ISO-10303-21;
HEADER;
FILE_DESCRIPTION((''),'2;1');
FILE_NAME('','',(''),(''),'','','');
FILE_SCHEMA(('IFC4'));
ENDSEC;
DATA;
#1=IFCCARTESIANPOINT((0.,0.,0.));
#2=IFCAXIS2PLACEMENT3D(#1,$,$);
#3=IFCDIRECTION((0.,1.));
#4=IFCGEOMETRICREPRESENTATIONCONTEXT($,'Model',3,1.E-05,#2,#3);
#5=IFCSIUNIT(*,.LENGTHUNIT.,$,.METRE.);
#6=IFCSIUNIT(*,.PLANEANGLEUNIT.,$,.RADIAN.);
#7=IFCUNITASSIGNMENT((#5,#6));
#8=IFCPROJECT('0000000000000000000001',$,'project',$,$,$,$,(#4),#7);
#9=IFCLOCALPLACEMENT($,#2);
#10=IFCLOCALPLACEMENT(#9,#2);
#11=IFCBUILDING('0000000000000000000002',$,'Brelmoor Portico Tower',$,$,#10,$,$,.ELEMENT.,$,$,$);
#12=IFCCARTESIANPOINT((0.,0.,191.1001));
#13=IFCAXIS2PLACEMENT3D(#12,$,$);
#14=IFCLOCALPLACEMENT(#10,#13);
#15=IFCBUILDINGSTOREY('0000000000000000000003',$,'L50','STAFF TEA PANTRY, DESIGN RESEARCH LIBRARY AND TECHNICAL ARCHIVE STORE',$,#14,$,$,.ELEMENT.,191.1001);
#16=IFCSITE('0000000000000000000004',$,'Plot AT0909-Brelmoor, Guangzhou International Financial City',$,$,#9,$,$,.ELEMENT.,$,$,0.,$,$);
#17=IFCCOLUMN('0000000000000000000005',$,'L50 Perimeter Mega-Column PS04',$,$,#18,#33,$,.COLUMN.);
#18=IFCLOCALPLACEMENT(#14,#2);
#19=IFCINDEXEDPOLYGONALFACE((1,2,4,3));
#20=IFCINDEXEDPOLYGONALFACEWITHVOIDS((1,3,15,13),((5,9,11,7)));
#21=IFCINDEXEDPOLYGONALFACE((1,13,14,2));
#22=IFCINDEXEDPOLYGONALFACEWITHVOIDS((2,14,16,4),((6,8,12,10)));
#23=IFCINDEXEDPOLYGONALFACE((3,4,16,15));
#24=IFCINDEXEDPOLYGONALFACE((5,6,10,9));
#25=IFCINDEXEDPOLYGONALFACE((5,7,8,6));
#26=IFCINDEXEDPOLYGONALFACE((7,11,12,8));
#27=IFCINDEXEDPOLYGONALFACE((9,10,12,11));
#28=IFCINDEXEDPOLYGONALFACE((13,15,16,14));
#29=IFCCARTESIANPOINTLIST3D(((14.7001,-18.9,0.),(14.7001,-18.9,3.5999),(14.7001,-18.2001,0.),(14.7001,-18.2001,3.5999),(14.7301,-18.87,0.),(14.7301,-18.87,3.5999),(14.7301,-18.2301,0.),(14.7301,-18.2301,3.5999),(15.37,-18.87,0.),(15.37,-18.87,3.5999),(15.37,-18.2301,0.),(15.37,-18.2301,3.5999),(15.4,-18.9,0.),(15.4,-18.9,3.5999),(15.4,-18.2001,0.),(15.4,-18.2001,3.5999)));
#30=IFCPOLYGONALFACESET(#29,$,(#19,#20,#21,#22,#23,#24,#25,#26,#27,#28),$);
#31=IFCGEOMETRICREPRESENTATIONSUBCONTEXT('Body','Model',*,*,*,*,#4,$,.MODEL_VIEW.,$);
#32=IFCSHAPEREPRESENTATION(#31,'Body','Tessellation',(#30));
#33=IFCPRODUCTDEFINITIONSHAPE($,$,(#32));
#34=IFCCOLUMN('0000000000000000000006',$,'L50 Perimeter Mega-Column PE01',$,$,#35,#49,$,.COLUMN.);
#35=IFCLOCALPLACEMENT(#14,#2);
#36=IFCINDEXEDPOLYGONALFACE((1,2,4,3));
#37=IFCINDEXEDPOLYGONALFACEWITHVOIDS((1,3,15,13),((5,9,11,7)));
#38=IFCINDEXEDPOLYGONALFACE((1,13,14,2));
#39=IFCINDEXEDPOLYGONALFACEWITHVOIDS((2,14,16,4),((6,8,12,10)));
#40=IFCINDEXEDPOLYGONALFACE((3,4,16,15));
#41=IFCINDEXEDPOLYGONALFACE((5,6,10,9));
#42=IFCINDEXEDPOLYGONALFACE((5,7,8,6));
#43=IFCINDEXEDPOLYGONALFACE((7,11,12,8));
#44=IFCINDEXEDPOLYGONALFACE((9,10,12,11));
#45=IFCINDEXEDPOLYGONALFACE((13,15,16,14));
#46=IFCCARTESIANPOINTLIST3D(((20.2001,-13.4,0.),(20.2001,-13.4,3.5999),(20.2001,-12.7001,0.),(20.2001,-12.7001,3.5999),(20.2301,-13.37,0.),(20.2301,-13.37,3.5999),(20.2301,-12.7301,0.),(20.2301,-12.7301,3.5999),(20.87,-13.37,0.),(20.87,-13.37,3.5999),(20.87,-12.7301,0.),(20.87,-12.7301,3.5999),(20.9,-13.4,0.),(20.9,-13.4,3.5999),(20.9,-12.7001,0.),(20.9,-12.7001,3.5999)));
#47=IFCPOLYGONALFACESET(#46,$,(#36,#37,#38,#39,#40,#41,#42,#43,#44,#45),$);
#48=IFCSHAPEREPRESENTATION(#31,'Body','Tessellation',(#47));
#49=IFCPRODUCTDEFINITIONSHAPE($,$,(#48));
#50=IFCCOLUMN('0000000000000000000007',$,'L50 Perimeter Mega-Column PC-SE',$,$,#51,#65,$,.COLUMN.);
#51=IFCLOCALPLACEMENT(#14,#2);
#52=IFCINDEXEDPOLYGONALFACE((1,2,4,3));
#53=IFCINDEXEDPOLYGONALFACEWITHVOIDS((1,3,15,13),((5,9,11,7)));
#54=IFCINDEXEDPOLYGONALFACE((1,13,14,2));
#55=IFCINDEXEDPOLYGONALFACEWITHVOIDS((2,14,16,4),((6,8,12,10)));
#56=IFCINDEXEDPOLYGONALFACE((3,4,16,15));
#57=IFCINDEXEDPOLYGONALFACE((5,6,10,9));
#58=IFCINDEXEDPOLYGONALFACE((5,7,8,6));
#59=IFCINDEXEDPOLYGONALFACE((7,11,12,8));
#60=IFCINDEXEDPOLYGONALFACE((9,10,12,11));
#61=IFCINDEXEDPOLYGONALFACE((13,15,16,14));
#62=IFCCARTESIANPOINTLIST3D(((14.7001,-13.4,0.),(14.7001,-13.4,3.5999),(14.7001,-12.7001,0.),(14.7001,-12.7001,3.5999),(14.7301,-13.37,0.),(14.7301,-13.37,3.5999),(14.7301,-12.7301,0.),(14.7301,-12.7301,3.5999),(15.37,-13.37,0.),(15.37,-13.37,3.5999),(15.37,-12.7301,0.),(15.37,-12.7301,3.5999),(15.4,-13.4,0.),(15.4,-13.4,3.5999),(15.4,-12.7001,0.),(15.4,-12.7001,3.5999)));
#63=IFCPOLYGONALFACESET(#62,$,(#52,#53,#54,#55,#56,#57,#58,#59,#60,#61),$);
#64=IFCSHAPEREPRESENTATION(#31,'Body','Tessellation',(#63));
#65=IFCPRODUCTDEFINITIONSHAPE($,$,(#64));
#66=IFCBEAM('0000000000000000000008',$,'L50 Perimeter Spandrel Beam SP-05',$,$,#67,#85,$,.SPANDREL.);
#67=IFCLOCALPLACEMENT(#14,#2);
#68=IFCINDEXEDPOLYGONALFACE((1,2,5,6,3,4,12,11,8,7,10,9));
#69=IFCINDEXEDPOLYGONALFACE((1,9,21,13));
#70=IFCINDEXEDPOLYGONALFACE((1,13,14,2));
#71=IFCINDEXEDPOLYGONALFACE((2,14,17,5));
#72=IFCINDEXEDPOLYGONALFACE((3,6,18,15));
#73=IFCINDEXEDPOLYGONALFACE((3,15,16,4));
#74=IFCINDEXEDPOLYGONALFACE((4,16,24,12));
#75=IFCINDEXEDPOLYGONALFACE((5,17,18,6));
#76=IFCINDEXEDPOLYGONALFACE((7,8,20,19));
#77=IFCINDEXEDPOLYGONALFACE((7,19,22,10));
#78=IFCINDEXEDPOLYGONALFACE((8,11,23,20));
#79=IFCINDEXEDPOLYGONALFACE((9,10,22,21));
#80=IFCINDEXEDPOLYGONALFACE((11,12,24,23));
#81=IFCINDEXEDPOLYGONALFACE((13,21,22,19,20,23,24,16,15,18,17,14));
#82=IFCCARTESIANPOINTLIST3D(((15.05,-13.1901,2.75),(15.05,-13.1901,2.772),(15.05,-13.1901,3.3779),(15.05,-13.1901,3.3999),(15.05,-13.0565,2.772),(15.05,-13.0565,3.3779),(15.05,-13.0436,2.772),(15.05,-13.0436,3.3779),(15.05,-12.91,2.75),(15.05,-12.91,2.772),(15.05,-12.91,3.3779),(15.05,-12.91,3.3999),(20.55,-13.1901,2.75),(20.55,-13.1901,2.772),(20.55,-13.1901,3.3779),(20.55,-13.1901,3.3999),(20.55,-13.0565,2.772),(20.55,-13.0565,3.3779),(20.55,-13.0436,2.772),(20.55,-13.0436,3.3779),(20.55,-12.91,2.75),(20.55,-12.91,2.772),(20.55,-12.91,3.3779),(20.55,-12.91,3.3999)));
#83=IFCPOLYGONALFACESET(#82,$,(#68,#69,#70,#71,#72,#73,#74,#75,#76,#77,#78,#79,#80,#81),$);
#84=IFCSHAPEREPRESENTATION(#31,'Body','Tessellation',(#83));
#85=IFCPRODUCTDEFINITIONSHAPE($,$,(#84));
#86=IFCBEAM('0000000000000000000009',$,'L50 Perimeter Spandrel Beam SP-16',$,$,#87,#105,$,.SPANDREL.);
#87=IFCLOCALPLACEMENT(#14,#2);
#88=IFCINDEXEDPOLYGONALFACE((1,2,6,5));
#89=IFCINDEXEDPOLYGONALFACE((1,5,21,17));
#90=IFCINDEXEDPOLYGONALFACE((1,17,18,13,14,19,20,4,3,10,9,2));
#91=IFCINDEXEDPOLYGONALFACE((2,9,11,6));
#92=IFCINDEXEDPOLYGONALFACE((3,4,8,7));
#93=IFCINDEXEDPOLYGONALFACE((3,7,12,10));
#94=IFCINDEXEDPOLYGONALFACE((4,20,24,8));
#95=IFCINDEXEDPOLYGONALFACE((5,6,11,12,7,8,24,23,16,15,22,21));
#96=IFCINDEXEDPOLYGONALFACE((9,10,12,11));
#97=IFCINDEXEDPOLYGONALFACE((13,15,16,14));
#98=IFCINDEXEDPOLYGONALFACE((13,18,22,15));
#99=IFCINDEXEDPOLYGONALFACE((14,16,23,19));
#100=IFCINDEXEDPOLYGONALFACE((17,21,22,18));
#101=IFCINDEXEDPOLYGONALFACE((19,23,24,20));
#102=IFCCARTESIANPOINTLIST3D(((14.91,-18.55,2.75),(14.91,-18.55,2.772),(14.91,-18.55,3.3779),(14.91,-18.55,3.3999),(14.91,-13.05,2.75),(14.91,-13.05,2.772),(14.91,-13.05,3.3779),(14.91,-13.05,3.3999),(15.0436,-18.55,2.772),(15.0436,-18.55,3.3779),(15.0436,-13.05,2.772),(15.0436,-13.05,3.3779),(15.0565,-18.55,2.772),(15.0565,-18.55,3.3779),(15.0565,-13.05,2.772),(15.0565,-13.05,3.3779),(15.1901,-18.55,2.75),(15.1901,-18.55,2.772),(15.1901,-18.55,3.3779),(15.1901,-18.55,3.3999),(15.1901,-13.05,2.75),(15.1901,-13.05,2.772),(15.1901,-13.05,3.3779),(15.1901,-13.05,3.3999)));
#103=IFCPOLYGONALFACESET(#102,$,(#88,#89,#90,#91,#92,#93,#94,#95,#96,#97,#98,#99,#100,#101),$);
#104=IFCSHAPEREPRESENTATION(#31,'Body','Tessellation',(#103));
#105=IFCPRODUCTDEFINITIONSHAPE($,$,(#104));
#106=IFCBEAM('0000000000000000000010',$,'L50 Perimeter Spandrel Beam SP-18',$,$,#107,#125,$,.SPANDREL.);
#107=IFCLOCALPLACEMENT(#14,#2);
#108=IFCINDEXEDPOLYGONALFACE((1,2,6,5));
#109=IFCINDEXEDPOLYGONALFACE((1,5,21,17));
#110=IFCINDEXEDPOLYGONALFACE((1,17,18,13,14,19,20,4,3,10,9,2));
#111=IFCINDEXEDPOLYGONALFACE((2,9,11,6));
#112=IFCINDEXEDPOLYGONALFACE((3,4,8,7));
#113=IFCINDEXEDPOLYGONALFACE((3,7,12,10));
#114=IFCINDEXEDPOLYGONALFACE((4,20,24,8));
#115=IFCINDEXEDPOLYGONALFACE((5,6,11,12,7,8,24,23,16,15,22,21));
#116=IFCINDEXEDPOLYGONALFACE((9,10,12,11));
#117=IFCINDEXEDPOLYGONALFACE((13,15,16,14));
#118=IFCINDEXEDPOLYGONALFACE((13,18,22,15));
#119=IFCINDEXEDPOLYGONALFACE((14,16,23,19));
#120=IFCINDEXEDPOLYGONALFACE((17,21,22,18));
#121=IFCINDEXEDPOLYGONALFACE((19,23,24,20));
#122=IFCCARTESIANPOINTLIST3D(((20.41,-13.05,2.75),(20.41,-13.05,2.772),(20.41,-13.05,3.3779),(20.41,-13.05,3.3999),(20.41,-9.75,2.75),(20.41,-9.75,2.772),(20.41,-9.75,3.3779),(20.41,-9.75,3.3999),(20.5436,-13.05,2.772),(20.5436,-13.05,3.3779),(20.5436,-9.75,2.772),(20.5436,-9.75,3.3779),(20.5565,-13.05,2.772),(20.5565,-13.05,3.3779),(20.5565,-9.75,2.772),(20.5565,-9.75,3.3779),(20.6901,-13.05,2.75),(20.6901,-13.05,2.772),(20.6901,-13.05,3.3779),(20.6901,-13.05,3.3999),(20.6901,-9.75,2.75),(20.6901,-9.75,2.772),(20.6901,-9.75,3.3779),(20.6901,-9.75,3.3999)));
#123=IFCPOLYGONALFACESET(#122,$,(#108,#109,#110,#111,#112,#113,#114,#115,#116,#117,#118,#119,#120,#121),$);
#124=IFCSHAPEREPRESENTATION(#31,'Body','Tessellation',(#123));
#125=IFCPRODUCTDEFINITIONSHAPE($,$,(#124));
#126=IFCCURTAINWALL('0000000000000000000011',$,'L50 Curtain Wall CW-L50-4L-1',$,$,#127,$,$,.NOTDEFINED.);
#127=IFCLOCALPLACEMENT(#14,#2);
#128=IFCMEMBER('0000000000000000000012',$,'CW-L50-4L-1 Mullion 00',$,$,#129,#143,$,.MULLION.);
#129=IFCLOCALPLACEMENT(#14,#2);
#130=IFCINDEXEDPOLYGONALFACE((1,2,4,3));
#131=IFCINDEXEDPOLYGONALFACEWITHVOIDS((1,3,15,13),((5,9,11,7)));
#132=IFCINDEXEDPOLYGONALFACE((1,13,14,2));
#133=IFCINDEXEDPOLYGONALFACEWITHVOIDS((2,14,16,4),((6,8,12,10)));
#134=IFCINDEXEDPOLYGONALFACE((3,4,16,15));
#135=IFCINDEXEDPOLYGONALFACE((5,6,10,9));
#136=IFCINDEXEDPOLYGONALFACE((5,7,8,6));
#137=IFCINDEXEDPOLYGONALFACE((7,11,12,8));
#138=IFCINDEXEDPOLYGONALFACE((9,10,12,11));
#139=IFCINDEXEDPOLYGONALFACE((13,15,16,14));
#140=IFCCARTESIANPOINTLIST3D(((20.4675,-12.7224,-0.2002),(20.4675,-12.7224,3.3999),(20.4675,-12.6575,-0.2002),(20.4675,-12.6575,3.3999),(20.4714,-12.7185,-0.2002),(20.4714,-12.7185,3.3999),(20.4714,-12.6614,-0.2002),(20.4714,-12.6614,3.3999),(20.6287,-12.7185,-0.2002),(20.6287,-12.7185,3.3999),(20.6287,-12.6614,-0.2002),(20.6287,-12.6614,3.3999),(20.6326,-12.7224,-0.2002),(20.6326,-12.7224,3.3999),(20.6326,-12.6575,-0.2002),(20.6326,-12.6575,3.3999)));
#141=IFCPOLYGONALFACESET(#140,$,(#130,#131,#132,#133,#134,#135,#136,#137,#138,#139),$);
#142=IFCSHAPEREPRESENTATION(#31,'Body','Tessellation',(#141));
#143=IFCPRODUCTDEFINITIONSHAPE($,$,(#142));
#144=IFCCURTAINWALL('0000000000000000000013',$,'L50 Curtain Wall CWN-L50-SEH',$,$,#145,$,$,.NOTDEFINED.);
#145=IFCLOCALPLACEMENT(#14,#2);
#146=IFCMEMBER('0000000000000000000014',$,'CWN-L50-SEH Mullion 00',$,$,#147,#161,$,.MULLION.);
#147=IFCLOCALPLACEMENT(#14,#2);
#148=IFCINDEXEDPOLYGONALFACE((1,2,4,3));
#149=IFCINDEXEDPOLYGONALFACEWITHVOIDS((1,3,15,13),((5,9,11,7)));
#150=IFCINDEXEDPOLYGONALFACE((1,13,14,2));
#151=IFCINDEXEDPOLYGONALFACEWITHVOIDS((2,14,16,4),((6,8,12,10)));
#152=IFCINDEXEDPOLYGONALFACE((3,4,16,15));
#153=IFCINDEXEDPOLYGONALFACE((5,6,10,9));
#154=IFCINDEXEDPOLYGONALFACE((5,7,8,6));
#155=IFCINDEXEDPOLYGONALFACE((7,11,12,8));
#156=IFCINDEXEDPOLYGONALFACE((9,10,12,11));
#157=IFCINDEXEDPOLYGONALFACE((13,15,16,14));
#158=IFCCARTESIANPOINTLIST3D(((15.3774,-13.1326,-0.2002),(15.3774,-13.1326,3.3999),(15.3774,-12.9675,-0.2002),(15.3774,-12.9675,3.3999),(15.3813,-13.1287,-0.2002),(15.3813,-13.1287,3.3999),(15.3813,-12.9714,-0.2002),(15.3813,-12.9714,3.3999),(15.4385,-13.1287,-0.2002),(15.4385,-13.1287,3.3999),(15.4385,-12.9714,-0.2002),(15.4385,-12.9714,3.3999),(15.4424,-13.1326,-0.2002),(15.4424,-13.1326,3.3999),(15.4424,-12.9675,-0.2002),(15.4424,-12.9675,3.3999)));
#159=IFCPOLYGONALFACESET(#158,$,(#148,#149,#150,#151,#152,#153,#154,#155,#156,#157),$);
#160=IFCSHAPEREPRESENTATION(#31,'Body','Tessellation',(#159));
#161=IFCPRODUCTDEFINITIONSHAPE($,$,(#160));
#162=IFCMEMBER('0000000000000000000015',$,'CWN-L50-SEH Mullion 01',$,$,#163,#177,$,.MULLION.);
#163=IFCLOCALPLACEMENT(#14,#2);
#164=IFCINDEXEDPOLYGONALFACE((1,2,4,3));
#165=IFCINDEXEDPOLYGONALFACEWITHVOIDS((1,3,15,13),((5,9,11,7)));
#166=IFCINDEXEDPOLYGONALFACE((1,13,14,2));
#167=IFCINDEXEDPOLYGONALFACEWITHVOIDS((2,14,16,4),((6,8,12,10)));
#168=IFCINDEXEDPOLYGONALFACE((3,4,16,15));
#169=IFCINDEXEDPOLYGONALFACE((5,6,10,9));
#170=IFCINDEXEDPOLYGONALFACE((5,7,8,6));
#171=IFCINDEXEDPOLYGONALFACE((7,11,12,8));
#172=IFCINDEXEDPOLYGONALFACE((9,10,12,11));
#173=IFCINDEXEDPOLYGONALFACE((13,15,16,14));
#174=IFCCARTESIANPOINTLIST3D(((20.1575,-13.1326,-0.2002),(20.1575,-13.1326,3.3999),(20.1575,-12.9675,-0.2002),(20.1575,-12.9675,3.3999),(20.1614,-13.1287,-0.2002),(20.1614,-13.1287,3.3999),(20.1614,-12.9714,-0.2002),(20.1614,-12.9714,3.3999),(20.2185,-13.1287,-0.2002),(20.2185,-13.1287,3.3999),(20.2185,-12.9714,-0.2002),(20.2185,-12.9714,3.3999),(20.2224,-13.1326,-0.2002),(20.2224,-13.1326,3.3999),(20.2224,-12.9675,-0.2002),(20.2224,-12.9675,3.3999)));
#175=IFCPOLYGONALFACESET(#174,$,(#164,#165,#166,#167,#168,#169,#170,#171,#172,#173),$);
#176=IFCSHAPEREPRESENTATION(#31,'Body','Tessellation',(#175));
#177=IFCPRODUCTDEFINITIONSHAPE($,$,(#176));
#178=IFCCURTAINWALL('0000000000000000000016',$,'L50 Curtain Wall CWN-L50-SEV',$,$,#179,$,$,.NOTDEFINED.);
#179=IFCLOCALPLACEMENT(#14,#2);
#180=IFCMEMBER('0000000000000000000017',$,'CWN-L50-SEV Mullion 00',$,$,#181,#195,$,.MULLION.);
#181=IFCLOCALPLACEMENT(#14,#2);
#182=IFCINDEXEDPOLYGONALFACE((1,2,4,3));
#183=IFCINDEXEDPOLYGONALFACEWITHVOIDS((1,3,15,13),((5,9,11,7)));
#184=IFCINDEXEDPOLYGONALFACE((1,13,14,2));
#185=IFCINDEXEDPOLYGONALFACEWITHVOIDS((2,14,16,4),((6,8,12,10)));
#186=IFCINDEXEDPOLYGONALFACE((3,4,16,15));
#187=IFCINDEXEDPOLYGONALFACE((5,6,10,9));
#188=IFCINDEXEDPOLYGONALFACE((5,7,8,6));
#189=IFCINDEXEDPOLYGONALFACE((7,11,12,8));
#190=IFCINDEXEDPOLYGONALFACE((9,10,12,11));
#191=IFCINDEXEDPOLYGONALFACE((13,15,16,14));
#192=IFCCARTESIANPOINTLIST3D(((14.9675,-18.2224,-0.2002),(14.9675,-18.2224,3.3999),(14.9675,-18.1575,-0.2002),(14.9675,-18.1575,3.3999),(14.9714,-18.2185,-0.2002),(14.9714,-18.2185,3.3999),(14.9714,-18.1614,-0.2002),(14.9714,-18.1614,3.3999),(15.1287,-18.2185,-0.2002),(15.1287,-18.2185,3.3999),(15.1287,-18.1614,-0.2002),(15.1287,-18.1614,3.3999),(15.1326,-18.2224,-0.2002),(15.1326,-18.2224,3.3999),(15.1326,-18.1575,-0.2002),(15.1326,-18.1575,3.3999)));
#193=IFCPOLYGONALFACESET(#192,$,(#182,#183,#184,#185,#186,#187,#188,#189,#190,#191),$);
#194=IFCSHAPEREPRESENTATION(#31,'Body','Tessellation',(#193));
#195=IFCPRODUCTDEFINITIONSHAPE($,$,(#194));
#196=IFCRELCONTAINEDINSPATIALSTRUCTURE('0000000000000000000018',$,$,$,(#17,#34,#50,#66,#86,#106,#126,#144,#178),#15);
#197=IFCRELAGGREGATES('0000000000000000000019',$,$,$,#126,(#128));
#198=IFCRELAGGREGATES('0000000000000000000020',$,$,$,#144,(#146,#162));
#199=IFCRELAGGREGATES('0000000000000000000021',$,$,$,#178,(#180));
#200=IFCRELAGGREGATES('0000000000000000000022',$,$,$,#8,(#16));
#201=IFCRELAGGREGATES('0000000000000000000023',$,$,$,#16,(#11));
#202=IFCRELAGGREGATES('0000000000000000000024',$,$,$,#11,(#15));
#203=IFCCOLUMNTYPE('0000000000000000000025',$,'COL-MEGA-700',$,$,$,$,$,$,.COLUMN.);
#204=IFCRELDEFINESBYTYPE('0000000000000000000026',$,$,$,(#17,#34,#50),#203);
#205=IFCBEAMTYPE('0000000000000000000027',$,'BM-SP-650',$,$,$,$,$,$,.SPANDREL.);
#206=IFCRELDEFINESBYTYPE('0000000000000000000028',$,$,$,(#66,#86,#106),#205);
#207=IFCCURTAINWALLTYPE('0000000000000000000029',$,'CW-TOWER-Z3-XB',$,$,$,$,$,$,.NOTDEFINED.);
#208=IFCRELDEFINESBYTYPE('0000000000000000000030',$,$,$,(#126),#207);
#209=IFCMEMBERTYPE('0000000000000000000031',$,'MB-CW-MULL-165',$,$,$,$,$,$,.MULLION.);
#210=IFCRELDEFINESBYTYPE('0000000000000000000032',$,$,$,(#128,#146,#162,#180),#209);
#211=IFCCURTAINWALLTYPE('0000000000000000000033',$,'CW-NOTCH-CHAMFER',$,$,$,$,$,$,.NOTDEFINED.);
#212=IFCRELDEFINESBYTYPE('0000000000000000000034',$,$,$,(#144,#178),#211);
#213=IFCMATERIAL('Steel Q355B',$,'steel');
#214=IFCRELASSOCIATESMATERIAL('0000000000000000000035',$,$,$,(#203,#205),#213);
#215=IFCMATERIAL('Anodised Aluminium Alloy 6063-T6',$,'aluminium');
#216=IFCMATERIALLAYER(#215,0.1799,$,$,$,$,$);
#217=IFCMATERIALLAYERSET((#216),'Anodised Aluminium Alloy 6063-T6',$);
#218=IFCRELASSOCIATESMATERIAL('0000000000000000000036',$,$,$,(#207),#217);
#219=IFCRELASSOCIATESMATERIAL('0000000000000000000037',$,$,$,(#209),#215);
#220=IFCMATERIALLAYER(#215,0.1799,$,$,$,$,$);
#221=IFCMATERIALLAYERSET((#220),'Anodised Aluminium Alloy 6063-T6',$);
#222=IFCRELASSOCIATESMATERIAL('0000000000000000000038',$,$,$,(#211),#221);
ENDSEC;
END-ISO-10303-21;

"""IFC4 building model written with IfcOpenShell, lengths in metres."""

from ifc_helpers import new_model, si_unit, direction, frame, origin, origin_2d, place, context, subcontext, project, spatial, hollow_rectangle, i_section, extrude, material, layer, layer_set, material_profile, profile_set, type_object, element, aggregate, save


model = new_model("IFC4")

# Units and contexts
model_context = context("Model", 3, precision=1e-05, world=origin(), true_north=direction((0.0, 1.0)))
body_context = subcontext(model_context, "Body", "Model", "MODEL_VIEW")
ifc_project = project(units=[si_unit("LENGTHUNIT", "METRE"), si_unit("PLANEANGLEUNIT", "RADIAN")], contexts=[model_context])

# Site, building, storey
site_placement = place(None, origin())
site = spatial("IfcSite", under=ifc_project, at=site_placement, Name="Plot AT0909-Brelmoor, Guangzhou International Financial City", CompositionType="ELEMENT", RefElevation=0.0)
building_placement = place(site_placement, origin())
building = spatial("IfcBuilding", under=site, at=building_placement, Name="Brelmoor Portico Tower", CompositionType="ELEMENT")
storey_placement = place(building_placement, frame((0.0, 0.0, 191.1001)))
storey = spatial("IfcBuildingStorey", under=building, at=storey_placement, Name="L50", Description="STAFF TEA PANTRY, DESIGN RESEARCH LIBRARY AND TECHNICAL ARCHIVE STORE", CompositionType="ELEMENT", Elevation=191.1001)

# Columns
ifc_material_1 = material(Name="Steel Q355B", Category="steel")
ifc_material_profile_1 = material_profile(ifc_material_1, hollow_rectangle(XDim=0.7, YDim=0.7, WallThickness=0.03, at=origin_2d()), Name="BOX 700x700x30")
ifc_profile_set_1 = profile_set([ifc_material_profile_1], Name="Steel Q355B")
column_type = type_object("IfcColumnType", Name="COL-MEGA-700", PredefinedType="COLUMN", material=ifc_profile_set_1)
for number, where, z_axis, x_axis, name in (
    (1, (15.05, -18.55, 0.0), (0.0, 0.0, 1.0), (1.0, 0.0, 0.0), "L50 Perimeter Mega-Column PS04"),
    (2, (20.55, -13.05, 0.0), (0.0, 0.0, 1.0), (0.0, 1.0, 0.0), "L50 Perimeter Mega-Column PE01"),
    (3, (15.05, -13.05, 0.0), (0.0, 0.0, 1.0), (1.0, 0.0, 0.0), "L50 Perimeter Mega-Column PC-SE"),
):
    element("IfcColumn", number, at=place(storey_placement, frame(where, z_axis=z_axis, x_axis=x_axis)), inside=storey, type_object=column_type, Name=name, PredefinedType="COLUMN", context=body_context, shape_type="SweptSolid", body=[
        extrude(hollow_rectangle(XDim=0.7, YDim=0.7, WallThickness=0.03, at=origin_2d()), origin(), (0.0, 0.0, 1.0), 3.5999),
    ])

# Beams
ifc_material_profile_2 = material_profile(ifc_material_1, i_section(OverallWidth=0.28, OverallDepth=0.6499, WebThickness=0.0129, FlangeThickness=0.022, at=origin_2d()), Name="HN 650x280x13x22")
ifc_profile_set_2 = profile_set([ifc_material_profile_2], Name="Steel Q355B")
beam_type = type_object("IfcBeamType", Name="BM-SP-650", PredefinedType="SPANDREL", material=ifc_profile_set_2)
for number, where, z_axis, x_axis, name in (
    (4, (15.05, -13.05, 3.075), (1.0, 0.0, 0.0), (0.0, 1.0, 0.0), "L50 Perimeter Spandrel Beam SP-05"),
    (5, (15.05, -18.55, 3.075), (0.0, 1.0, 0.0), (-1.0, 0.0, 0.0), "L50 Perimeter Spandrel Beam SP-16"),
):
    element("IfcBeam", number, at=place(storey_placement, frame(where, z_axis=z_axis, x_axis=x_axis)), inside=storey, type_object=beam_type, Name=name, PredefinedType="SPANDREL", context=body_context, shape_type="SweptSolid", body=[
        extrude(i_section(OverallWidth=0.28, OverallDepth=0.6499, WebThickness=0.0129, FlangeThickness=0.022, at=origin_2d()), origin(), (0.0, 0.0, 1.0), 5.5),
    ])
beam_placement = place(storey_placement, frame((20.55, -13.05, 3.075), z_axis=(0.0, 1.0, 0.0), x_axis=(-1.0, 0.0, 0.0)))
element("IfcBeam", 6, at=beam_placement, inside=storey, type_object=beam_type, Name="L50 Perimeter Spandrel Beam SP-18", PredefinedType="SPANDREL", context=body_context, shape_type="SweptSolid", body=[
    extrude(i_section(OverallWidth=0.28, OverallDepth=0.6499, WebThickness=0.0129, FlangeThickness=0.022, at=origin_2d()), origin(), (0.0, 0.0, 1.0), 3.3),
])

# Curtain wall, member
ifc_material_2 = material(Name="Anodised Aluminium Alloy 6063-T6", Category="aluminium")
ifc_layer_1 = layer(ifc_material_2, 0.1799)
ifc_layer_set_1 = layer_set([ifc_layer_1], Name="Anodised Aluminium Alloy 6063-T6")
curtain_wall_type_1 = type_object("IfcCurtainWallType", Name="CW-TOWER-Z3-XB", PredefinedType="NOTDEFINED", material=ifc_layer_set_1)
curtain_wall_1_placement = place(storey_placement, origin())
curtain_wall_1 = element("IfcCurtainWall", 7, at=curtain_wall_1_placement, inside=storey, type_object=curtain_wall_type_1, Name="L50 Curtain Wall CW-L50-4L-1", PredefinedType="NOTDEFINED")
ifc_material_profile_3 = material_profile(ifc_material_2, hollow_rectangle(XDim=0.0649, YDim=0.165, WallThickness=0.0039, at=origin_2d()), Name="ALU MULLION 65x165")
ifc_profile_set_3 = profile_set([ifc_material_profile_3], Name="Anodised Aluminium Alloy 6063-T6")
member_type_1 = type_object("IfcMemberType", Name="MB-CW-MULL-165", PredefinedType="MULLION", material=ifc_profile_set_3)
member_1_placement = place(storey_placement, frame((20.55, -12.6899, -0.2002), z_axis=(0.0, 0.0, 1.0), x_axis=(0.0, 1.0, 0.0)))
member_1 = element("IfcMember", 8, at=member_1_placement, type_object=member_type_1, Name="CW-L50-4L-1 Mullion 00", PredefinedType="MULLION", context=body_context, shape_type="SweptSolid", body=[
    extrude(hollow_rectangle(XDim=0.0649, YDim=0.165, WallThickness=0.0039, at=origin_2d()), origin(), (0.0, 0.0, 1.0), 3.6001),
])

# Curtain walls, members
ifc_layer_2 = layer(ifc_material_2, 0.1799)
ifc_layer_set_2 = layer_set([ifc_layer_2], Name="Anodised Aluminium Alloy 6063-T6")
curtain_wall_type_2 = type_object("IfcCurtainWallType", Name="CW-NOTCH-CHAMFER", PredefinedType="NOTDEFINED", material=ifc_layer_set_2)
curtain_wall_2_placement = place(storey_placement, origin())
curtain_wall_2 = element("IfcCurtainWall", 9, at=curtain_wall_2_placement, inside=storey, type_object=curtain_wall_type_2, Name="L50 Curtain Wall CWN-L50-SEH", PredefinedType="NOTDEFINED")
member_2_placement = place(storey_placement, frame((15.4099, -13.05, -0.2002), z_axis=(0.0, 0.0, 1.0), x_axis=(1.0, 0.0, 0.0)))
member_2 = element("IfcMember", 10, at=member_2_placement, type_object=member_type_1, Name="CWN-L50-SEH Mullion 00", PredefinedType="MULLION", context=body_context, shape_type="SweptSolid", body=[
    extrude(hollow_rectangle(XDim=0.0649, YDim=0.165, WallThickness=0.0039, at=origin_2d()), origin(), (0.0, 0.0, 1.0), 3.6001),
])
member_3_placement = place(storey_placement, frame((20.1899, -13.05, -0.2002), z_axis=(0.0, 0.0, 1.0), x_axis=(1.0, 0.0, 0.0)))
member_3 = element("IfcMember", 11, at=member_3_placement, type_object=member_type_1, Name="CWN-L50-SEH Mullion 01", PredefinedType="MULLION", context=body_context, shape_type="SweptSolid", body=[
    extrude(hollow_rectangle(XDim=0.0649, YDim=0.165, WallThickness=0.0039, at=origin_2d()), origin(), (0.0, 0.0, 1.0), 3.6001),
])
curtain_wall_3_placement = place(storey_placement, origin())
curtain_wall_3 = element("IfcCurtainWall", 12, at=curtain_wall_3_placement, inside=storey, type_object=curtain_wall_type_2, Name="L50 Curtain Wall CWN-L50-SEV", PredefinedType="NOTDEFINED")
member_4_placement = place(storey_placement, frame((15.05, -18.1899, -0.2002), z_axis=(0.0, 0.0, 1.0), x_axis=(0.0, 1.0, 0.0)))
member_4 = element("IfcMember", 13, at=member_4_placement, type_object=member_type_1, Name="CWN-L50-SEV Mullion 00", PredefinedType="MULLION", context=body_context, shape_type="SweptSolid", body=[
    extrude(hollow_rectangle(XDim=0.0649, YDim=0.165, WallThickness=0.0039, at=origin_2d()), origin(), (0.0, 0.0, 1.0), 3.6001),
])

aggregate(curtain_wall_1, [member_1])
aggregate(curtain_wall_2, [member_2, member_3])
aggregate(curtain_wall_3, [member_4])

save(model, "model.ifc")
